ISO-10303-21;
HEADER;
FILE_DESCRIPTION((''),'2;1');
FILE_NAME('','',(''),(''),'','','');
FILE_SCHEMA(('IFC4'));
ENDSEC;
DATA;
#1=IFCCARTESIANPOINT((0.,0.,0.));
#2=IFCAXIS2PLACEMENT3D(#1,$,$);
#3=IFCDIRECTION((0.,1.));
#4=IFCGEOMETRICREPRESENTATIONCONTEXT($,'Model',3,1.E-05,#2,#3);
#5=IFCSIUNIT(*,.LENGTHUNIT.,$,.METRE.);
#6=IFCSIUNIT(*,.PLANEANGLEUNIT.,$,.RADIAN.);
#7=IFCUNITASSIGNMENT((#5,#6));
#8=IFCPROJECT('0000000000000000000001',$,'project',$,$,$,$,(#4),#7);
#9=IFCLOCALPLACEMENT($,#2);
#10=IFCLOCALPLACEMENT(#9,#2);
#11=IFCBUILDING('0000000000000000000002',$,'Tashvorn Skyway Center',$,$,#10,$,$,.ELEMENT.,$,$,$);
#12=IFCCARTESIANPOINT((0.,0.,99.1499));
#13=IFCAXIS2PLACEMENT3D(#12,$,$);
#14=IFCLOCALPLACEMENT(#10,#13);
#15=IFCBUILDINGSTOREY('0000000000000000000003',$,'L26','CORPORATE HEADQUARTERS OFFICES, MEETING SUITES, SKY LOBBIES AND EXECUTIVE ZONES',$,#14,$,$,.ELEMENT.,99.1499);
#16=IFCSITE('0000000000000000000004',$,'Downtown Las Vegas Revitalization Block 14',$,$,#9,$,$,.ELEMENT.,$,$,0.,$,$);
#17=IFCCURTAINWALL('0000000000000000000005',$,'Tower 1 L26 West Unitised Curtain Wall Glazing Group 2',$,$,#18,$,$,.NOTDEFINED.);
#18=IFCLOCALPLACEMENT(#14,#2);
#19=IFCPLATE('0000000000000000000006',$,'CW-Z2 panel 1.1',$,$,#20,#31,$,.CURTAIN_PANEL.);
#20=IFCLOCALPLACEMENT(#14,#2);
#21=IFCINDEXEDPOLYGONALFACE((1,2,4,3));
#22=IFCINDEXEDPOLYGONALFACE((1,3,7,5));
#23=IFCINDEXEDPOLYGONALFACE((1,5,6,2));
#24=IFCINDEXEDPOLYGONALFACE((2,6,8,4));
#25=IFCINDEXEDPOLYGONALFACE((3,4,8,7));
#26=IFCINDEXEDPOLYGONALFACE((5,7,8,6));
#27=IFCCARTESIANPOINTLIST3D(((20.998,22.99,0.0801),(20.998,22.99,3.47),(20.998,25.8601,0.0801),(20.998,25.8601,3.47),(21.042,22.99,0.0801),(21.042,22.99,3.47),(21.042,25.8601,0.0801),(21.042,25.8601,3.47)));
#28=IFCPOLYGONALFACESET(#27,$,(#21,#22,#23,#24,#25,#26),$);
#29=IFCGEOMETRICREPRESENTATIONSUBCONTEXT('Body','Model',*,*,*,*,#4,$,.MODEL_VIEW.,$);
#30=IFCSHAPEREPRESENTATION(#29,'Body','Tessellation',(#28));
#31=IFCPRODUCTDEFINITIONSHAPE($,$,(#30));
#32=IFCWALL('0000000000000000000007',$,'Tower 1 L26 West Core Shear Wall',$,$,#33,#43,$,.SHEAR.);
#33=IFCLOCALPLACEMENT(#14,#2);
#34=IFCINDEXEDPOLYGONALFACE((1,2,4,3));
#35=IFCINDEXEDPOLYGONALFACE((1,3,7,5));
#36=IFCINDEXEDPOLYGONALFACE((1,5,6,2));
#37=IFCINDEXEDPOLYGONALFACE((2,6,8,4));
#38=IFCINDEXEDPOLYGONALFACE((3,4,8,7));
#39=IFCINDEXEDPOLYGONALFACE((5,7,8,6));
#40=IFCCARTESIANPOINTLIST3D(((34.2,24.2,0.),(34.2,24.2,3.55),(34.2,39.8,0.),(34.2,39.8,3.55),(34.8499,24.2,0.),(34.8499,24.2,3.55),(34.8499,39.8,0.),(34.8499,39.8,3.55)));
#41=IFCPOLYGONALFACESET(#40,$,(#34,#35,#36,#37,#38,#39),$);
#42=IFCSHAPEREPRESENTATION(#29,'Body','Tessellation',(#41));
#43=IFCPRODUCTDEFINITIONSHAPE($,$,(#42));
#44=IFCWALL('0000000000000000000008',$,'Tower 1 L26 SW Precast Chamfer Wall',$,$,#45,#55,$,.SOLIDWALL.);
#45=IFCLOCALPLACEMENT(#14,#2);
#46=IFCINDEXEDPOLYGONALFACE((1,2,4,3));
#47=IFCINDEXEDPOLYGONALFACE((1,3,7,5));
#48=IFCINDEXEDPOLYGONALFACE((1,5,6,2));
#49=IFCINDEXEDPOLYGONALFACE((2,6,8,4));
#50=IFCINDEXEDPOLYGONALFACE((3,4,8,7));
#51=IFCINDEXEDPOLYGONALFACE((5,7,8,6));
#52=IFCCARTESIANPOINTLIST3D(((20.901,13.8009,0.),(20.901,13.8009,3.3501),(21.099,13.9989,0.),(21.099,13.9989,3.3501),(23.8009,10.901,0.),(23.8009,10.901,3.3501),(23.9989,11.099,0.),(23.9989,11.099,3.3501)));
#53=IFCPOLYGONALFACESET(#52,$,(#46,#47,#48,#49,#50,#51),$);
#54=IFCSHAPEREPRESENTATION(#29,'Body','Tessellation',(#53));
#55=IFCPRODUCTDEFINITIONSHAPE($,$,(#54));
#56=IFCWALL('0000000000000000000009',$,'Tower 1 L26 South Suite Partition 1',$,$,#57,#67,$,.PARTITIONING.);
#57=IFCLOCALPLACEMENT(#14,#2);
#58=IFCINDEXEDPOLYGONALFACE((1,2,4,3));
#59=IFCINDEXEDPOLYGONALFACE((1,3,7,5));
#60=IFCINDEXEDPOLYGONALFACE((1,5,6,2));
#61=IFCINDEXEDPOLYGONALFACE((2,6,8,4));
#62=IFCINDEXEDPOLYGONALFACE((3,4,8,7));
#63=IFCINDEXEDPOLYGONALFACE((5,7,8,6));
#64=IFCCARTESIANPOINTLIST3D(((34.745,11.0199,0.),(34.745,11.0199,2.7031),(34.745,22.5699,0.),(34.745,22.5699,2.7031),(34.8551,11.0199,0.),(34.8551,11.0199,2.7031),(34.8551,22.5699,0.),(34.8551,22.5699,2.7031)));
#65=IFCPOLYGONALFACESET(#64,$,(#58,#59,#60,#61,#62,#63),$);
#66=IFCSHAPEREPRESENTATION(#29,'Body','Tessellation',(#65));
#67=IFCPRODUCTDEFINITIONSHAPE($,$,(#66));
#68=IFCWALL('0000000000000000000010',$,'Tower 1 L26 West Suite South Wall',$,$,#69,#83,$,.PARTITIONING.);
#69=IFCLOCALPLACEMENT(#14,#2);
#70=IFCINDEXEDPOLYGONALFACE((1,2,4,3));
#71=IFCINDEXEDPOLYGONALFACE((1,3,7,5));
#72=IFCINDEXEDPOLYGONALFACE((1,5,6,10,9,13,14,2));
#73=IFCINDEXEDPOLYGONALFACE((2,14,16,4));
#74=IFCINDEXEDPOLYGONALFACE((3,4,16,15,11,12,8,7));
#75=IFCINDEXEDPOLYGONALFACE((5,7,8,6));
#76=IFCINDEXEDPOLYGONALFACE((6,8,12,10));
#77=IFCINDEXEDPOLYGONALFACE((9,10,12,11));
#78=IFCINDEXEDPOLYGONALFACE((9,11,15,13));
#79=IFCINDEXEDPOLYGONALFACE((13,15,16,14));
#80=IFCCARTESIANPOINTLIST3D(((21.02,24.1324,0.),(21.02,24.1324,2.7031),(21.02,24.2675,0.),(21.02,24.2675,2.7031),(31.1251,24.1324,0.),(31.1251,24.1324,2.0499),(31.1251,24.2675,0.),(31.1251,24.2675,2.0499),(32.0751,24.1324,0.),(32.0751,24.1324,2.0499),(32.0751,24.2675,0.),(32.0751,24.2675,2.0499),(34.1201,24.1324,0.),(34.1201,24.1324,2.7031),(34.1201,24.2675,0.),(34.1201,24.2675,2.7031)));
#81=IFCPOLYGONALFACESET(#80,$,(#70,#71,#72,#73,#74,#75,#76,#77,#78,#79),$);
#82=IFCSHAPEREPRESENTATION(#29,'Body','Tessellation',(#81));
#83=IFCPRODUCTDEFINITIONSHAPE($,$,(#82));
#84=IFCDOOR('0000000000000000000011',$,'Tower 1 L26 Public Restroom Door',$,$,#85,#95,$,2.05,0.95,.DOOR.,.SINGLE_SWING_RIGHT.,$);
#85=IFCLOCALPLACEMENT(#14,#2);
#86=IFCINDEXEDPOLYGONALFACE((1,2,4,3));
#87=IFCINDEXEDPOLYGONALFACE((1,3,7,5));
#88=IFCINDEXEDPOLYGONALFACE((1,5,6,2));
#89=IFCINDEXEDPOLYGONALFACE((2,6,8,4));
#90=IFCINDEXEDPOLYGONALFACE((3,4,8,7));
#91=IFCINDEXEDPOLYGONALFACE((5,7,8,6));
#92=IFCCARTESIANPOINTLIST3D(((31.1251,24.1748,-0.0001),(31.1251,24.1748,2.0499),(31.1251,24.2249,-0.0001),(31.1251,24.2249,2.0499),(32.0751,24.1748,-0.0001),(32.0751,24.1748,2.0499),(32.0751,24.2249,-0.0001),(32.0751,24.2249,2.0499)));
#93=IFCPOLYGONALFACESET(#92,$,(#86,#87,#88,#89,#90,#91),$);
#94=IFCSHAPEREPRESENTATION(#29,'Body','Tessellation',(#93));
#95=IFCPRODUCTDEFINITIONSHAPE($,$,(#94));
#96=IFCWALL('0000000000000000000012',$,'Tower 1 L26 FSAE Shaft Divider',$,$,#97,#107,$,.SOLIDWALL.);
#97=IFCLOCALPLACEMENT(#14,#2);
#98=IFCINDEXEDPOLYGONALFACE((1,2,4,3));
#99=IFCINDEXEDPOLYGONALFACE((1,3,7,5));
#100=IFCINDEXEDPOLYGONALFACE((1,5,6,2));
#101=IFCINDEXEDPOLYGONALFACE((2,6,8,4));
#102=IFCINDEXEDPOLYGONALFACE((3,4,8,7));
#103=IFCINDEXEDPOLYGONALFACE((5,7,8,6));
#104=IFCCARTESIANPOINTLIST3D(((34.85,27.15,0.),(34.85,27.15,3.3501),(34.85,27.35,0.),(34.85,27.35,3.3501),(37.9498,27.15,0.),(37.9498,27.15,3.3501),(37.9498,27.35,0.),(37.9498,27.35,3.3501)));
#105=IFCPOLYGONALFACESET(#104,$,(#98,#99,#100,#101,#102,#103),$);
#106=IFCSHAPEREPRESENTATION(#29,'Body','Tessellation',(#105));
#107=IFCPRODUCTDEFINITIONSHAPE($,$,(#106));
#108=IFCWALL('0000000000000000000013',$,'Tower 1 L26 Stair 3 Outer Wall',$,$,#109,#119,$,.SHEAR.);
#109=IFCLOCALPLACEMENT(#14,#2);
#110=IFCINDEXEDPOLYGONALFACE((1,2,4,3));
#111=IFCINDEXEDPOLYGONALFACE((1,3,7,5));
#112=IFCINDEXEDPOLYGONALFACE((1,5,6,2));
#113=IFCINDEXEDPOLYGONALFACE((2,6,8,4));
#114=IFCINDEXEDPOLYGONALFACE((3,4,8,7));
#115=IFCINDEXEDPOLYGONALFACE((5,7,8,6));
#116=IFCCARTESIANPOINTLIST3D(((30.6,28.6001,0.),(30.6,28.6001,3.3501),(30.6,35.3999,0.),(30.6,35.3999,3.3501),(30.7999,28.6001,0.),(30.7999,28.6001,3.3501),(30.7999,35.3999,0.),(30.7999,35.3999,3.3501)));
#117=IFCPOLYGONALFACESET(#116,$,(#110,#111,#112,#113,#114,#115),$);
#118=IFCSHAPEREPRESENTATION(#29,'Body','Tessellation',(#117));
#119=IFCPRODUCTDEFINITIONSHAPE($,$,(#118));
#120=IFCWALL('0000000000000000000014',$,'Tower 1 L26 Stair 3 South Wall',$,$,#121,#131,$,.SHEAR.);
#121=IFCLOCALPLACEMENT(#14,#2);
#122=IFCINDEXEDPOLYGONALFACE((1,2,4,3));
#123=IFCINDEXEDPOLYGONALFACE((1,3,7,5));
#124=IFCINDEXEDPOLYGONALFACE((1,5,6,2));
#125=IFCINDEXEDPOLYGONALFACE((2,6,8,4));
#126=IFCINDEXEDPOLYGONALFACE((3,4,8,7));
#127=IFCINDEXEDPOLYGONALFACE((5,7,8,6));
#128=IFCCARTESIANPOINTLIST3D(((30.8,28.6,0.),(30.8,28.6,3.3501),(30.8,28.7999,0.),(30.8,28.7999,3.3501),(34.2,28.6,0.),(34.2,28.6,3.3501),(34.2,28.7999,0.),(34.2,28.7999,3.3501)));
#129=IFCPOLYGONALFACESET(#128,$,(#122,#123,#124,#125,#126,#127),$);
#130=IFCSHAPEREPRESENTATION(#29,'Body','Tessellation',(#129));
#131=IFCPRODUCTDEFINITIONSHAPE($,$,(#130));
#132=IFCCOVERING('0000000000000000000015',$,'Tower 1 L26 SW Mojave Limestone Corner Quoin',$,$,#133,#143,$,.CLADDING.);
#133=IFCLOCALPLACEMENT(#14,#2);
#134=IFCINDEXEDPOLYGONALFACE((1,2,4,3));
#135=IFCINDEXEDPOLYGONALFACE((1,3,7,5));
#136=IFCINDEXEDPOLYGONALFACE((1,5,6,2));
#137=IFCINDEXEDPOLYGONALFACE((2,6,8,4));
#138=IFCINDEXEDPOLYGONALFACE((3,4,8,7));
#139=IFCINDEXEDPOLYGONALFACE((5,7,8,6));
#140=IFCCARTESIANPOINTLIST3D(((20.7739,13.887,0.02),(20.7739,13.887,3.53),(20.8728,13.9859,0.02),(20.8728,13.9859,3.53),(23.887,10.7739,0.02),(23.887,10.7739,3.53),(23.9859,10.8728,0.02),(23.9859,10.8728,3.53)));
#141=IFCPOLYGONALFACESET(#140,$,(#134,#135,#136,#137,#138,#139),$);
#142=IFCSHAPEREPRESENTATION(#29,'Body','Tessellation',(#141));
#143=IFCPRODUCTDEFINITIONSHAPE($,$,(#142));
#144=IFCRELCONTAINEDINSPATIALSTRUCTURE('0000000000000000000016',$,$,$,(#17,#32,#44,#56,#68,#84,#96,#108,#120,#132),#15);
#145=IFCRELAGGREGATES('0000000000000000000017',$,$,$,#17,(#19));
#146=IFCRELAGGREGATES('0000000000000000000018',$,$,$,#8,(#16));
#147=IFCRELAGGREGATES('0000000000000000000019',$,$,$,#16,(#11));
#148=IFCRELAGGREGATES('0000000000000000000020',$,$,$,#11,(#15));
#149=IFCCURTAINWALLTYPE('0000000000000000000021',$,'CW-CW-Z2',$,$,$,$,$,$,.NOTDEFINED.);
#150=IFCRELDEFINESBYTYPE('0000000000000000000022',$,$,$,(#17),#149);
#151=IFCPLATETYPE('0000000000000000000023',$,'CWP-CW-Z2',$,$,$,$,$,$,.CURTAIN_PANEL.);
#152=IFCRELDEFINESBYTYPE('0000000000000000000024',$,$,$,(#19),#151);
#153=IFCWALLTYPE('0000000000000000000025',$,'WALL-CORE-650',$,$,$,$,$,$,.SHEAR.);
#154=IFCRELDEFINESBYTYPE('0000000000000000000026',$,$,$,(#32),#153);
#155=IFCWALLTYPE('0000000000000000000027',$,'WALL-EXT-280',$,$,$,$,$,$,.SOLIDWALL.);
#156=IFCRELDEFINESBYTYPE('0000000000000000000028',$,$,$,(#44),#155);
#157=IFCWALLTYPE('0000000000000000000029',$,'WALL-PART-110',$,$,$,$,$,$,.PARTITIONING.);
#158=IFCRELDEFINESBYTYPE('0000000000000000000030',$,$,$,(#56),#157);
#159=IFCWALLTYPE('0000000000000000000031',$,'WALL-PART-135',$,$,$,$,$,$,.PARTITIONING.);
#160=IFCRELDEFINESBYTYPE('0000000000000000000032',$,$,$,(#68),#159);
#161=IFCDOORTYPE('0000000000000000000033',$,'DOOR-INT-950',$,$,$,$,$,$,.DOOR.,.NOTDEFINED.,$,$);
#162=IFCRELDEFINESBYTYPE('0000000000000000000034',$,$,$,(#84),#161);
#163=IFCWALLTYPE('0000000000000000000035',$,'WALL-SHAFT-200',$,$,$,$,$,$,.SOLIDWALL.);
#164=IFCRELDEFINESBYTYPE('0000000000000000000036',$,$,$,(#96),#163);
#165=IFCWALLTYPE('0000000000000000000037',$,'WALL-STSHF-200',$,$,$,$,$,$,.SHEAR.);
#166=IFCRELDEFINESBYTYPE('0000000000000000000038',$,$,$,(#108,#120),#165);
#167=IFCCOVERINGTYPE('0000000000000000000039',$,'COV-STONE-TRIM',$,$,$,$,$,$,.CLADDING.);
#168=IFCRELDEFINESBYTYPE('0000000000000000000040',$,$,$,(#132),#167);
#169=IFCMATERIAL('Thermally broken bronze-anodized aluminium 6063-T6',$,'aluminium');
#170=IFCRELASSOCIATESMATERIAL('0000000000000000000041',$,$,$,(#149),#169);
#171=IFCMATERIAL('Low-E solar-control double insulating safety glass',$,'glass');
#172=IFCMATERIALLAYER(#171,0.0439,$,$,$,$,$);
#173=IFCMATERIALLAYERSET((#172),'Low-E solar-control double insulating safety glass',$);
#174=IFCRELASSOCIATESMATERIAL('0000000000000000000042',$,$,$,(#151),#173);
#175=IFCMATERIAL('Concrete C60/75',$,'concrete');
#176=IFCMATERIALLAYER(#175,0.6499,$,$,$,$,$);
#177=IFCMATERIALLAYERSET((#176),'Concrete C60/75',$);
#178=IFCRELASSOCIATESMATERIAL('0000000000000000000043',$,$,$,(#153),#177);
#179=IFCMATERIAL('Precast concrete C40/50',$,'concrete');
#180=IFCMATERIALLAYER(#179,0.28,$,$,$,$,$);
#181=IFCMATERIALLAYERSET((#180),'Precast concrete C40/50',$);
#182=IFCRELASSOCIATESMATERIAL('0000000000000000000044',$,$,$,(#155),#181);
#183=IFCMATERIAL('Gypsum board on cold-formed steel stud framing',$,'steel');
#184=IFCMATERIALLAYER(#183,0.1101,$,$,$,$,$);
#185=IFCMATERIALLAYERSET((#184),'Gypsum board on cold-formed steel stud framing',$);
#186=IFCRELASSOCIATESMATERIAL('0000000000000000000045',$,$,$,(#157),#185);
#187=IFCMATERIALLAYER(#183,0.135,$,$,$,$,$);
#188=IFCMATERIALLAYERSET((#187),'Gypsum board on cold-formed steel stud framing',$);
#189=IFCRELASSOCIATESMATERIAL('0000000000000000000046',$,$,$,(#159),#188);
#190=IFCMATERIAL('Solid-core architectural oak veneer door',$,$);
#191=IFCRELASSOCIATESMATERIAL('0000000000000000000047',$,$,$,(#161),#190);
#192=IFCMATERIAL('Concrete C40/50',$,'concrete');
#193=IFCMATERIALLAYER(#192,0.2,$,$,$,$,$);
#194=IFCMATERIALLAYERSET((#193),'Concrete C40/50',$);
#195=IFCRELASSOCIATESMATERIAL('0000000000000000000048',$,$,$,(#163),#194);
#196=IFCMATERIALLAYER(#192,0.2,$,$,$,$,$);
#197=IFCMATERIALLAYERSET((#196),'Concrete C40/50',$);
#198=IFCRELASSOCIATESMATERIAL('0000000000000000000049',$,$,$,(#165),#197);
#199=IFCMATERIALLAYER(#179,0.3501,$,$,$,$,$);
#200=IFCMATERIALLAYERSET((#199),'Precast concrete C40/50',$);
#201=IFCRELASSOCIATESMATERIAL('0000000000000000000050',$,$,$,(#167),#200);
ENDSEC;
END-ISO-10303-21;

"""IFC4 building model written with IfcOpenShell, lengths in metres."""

from ifc_helpers import new_model, si_unit, direction, frame, frame_2d, origin, origin_2d, place, context, subcontext, project, spatial, rectangle, extrude, material, layer, layer_set, type_object, element, fill, aggregate, save


model = new_model("IFC4")

# Units and contexts
model_context = context("Model", 3, precision=1e-05, world=origin(), true_north=direction((0.0, 1.0)))
body_context = subcontext(model_context, "Body", "Model", "MODEL_VIEW")
ifc_project = project(units=[si_unit("LENGTHUNIT", "METRE"), si_unit("PLANEANGLEUNIT", "RADIAN")], contexts=[model_context])

# Site, building, storey
site_placement = place(None, origin())
site = spatial("IfcSite", under=ifc_project, at=site_placement, Name="Downtown Las Vegas Revitalization Block 14", CompositionType="ELEMENT", RefElevation=0.0)
building_placement = place(site_placement, origin())
building = spatial("IfcBuilding", under=site, at=building_placement, Name="Tashvorn Skyway Center", CompositionType="ELEMENT")
storey_placement = place(building_placement, frame((0.0, 0.0, 99.1499)))
storey = spatial("IfcBuildingStorey", under=building, at=storey_placement, Name="L26", Description="CORPORATE HEADQUARTERS OFFICES, MEETING SUITES, SKY LOBBIES AND EXECUTIVE ZONES", CompositionType="ELEMENT", Elevation=99.1499)

# Shared definitions
ifc_material_1 = material(Name="Thermally broken bronze-anodized aluminium 6063-T6", Category="aluminium")
curtain_wall_type = type_object("IfcCurtainWallType", Name="CW-CW-Z2", PredefinedType="NOTDEFINED", material=ifc_material_1)

# Curtain wall
curtain_wall_1_placement = place(storey_placement, origin())
curtain_wall_1 = element("IfcCurtainWall", 1, at=curtain_wall_1_placement, inside=storey, type_object=curtain_wall_type, Name="Tower 1 L26 West Unitised Curtain Wall Glazing Group 2", PredefinedType="NOTDEFINED")

# Plate
ifc_material_2 = material(Name="Low-E solar-control double insulating safety glass", Category="glass")
ifc_layer_1 = layer(ifc_material_2, 0.0439)
ifc_layer_set_1 = layer_set([ifc_layer_1], Name="Low-E solar-control double insulating safety glass")
plate_type = type_object("IfcPlateType", Name="CWP-CW-Z2", PredefinedType="CURTAIN_PANEL", material=ifc_layer_set_1)
plate_1_placement = place(storey_placement, frame((21.02, 24.425, 0.0801), z_axis=(0.0, 0.0, 1.0), x_axis=(0.0, 1.0, 0.0)))
plate_1 = element("IfcPlate", 2, at=plate_1_placement, type_object=plate_type, Name="CW-Z2 panel 1.1", PredefinedType="CURTAIN_PANEL", context=body_context, shape_type="SweptSolid", body=[
    extrude(rectangle(XDim=2.8701, YDim=0.0439, at=origin_2d()), origin(), (0.0, 0.0, 1.0), 3.3899),
])
aggregate(curtain_wall_1, [plate_1])

# Walls
ifc_material_3 = material(Name="Concrete C60/75", Category="concrete")
ifc_layer_2 = layer(ifc_material_3, 0.6499)
ifc_layer_set_2 = layer_set([ifc_layer_2], Name="Concrete C60/75")
wall_type_1 = type_object("IfcWallType", Name="WALL-CORE-650", PredefinedType="SHEAR", material=ifc_layer_set_2)
wall_1_placement = place(storey_placement, frame((34.5249, 24.2, 0.0), z_axis=(0.0, 0.0, 1.0), x_axis=(0.0, 1.0, 0.0)))
element("IfcWall", 3, at=wall_1_placement, inside=storey, type_object=wall_type_1, Name="Tower 1 L26 West Core Shear Wall", PredefinedType="SHEAR", context=body_context, shape_type="SweptSolid", body=[
    extrude(rectangle(XDim=15.6001, YDim=0.6499, at=frame_2d((7.8, 0.0))), origin(), (0.0, 0.0, 1.0), 3.55),
])
ifc_material_4 = material(Name="Precast concrete C40/50", Category="concrete")
ifc_layer_3 = layer(ifc_material_4, 0.28)
ifc_layer_set_3 = layer_set([ifc_layer_3], Name="Precast concrete C40/50")
wall_type_2 = type_object("IfcWallType", Name="WALL-EXT-280", PredefinedType="SOLIDWALL", material=ifc_layer_set_3)
wall_2_placement = place(storey_placement, frame((23.8999, 11.0, 0.0), z_axis=(0.0, 0.0, 1.0), x_axis=(-0.707107, 0.707107, 0.0)))
element("IfcWall", 4, at=wall_2_placement, inside=storey, type_object=wall_type_2, Name="Tower 1 L26 SW Precast Chamfer Wall", PredefinedType="SOLIDWALL", context=body_context, shape_type="SweptSolid", body=[
    extrude(rectangle(XDim=4.1011, YDim=0.28, at=frame_2d((2.0505, 0.0))), origin(), (0.0, 0.0, 1.0), 3.3501),
])
ifc_material_5 = material(Name="Gypsum board on cold-formed steel stud framing", Category="steel")
ifc_layer_4 = layer(ifc_material_5, 0.1101)
ifc_layer_set_4 = layer_set([ifc_layer_4], Name="Gypsum board on cold-formed steel stud framing")
wall_type_3 = type_object("IfcWallType", Name="WALL-PART-110", PredefinedType="PARTITIONING", material=ifc_layer_set_4)
wall_3_placement = place(storey_placement, frame((34.8, 11.02, 0.0), z_axis=(0.0, 0.0, 1.0), x_axis=(0.0, 1.0, 0.0)))
element("IfcWall", 5, at=wall_3_placement, inside=storey, type_object=wall_type_3, Name="Tower 1 L26 South Suite Partition 1", PredefinedType="PARTITIONING", context=body_context, shape_type="SweptSolid", body=[
    extrude(rectangle(XDim=11.55, YDim=0.1101, at=frame_2d((5.7749, 0.0))), origin(), (0.0, 0.0, 1.0), 2.7031),
])

# Wall, opening, door
ifc_layer_5 = layer(ifc_material_5, 0.135)
ifc_layer_set_5 = layer_set([ifc_layer_5], Name="Gypsum board on cold-formed steel stud framing")
wall_type_4 = type_object("IfcWallType", Name="WALL-PART-135", PredefinedType="PARTITIONING", material=ifc_layer_set_5)
wall_4_placement = place(storey_placement, frame((21.02, 24.2, 0.0), z_axis=(0.0, 0.0, 1.0), x_axis=(1.0, 0.0, 0.0)))
wall_4 = element("IfcWall", 6, at=wall_4_placement, inside=storey, type_object=wall_type_4, Name="Tower 1 L26 West Suite South Wall", PredefinedType="PARTITIONING", context=body_context, shape_type="SweptSolid", body=[
    extrude(rectangle(XDim=13.1001, YDim=0.135, at=frame_2d((6.55, 0.0))), origin(), (0.0, 0.0, 1.0), 2.7031),
])
opening_placement = place(wall_4_placement, frame((10.105, 0.0, 0.0)))
opening = element("IfcOpeningElement", 7, at=opening_placement, cuts=wall_4, PredefinedType="OPENING", context=body_context, shape_type="SweptSolid", body=[
    extrude(rectangle(XDim=0.95, YDim=2.05, at=frame_2d((0.4751, 1.0249))), frame((0.0, 0.0774, 0.0), z_axis=(0.0, -1.0, 0.0), x_axis=(1.0, 0.0, 0.0)), (0.0, 0.0, 1.0), 0.155),
])
ifc_material_6 = material(Name="Solid-core architectural oak veneer door")
door_type = type_object("IfcDoorType", Name="DOOR-INT-950", OperationType="NOTDEFINED", PredefinedType="DOOR", material=ifc_material_6)
door_placement = place(opening_placement, origin())
door = element("IfcDoor", 8, at=door_placement, inside=storey, type_object=door_type, Name="Tower 1 L26 Public Restroom Door", OperationType="SINGLE_SWING_RIGHT", OverallHeight=2.05, OverallWidth=0.95, PredefinedType="DOOR", context=body_context, shape_type="SweptSolid", body=[
    extrude(rectangle(XDim=0.95, YDim=2.05, at=frame_2d((0.4751, 1.0249))), frame((0.0, 0.0249, 0.0), z_axis=(0.0, -1.0, 0.0), x_axis=(1.0, 0.0, 0.0)), (0.0, 0.0, 1.0), 0.05),
])
fill(opening, door)

# Walls
ifc_material_7 = material(Name="Concrete C40/50", Category="concrete")
ifc_layer_6 = layer(ifc_material_7, 0.2)
ifc_layer_set_6 = layer_set([ifc_layer_6], Name="Concrete C40/50")
wall_type_5 = type_object("IfcWallType", Name="WALL-SHAFT-200", PredefinedType="SOLIDWALL", material=ifc_layer_set_6)
wall_5_placement = place(storey_placement, frame((34.8501, 27.25, 0.0), z_axis=(0.0, 0.0, 1.0), x_axis=(1.0, 0.0, 0.0)))
element("IfcWall", 9, at=wall_5_placement, inside=storey, type_object=wall_type_5, Name="Tower 1 L26 FSAE Shaft Divider", PredefinedType="SOLIDWALL", context=body_context, shape_type="SweptSolid", body=[
    extrude(rectangle(XDim=3.0999, YDim=0.2, at=frame_2d((1.5498, 0.0))), origin(), (0.0, 0.0, 1.0), 3.3501),
])
ifc_layer_7 = layer(ifc_material_7, 0.2)
ifc_layer_set_7 = layer_set([ifc_layer_7], Name="Concrete C40/50")
wall_type_6 = type_object("IfcWallType", Name="WALL-STSHF-200", PredefinedType="SHEAR", material=ifc_layer_set_7)
wall_6_placement = place(storey_placement, frame((30.7, 28.6001, 0.0), z_axis=(0.0, 0.0, 1.0), x_axis=(0.0, 1.0, 0.0)))
element("IfcWall", 10, at=wall_6_placement, inside=storey, type_object=wall_type_6, Name="Tower 1 L26 Stair 3 Outer Wall", PredefinedType="SHEAR", context=body_context, shape_type="SweptSolid", body=[
    extrude(rectangle(XDim=6.7998, YDim=0.2, at=frame_2d((3.3999, 0.0))), origin(), (0.0, 0.0, 1.0), 3.3501),
])
wall_7_placement = place(storey_placement, frame((30.8, 28.7, 0.0), z_axis=(0.0, 0.0, 1.0), x_axis=(1.0, 0.0, 0.0)))
element("IfcWall", 11, at=wall_7_placement, inside=storey, type_object=wall_type_6, Name="Tower 1 L26 Stair 3 South Wall", PredefinedType="SHEAR", context=body_context, shape_type="SweptSolid", body=[
    extrude(rectangle(XDim=3.3999, YDim=0.2, at=frame_2d((1.7, 0.0))), origin(), (0.0, 0.0, 1.0), 3.3501),
])

# Covering
ifc_layer_8 = layer(ifc_material_4, 0.3501)
ifc_layer_set_8 = layer_set([ifc_layer_8], Name="Precast concrete C40/50")
covering_type = type_object("IfcCoveringType", Name="COV-STONE-TRIM", PredefinedType="CLADDING", material=ifc_layer_set_8)
covering_placement = place(storey_placement, frame((22.3799, 12.3799, 0.02), z_axis=(0.0, 0.0, 1.0), x_axis=(-0.707107, 0.707107, 0.0)))
element("IfcCovering", 12, at=covering_placement, inside=storey, type_object=covering_type, Name="Tower 1 L26 SW Mojave Limestone Corner Quoin", PredefinedType="CLADDING", context=body_context, shape_type="SweptSolid", body=[
    extrude(rectangle(XDim=4.4026, YDim=0.1399, at=origin_2d()), origin(), (0.0, 0.0, 1.0), 3.51),
])

save(model, "model.ifc")
